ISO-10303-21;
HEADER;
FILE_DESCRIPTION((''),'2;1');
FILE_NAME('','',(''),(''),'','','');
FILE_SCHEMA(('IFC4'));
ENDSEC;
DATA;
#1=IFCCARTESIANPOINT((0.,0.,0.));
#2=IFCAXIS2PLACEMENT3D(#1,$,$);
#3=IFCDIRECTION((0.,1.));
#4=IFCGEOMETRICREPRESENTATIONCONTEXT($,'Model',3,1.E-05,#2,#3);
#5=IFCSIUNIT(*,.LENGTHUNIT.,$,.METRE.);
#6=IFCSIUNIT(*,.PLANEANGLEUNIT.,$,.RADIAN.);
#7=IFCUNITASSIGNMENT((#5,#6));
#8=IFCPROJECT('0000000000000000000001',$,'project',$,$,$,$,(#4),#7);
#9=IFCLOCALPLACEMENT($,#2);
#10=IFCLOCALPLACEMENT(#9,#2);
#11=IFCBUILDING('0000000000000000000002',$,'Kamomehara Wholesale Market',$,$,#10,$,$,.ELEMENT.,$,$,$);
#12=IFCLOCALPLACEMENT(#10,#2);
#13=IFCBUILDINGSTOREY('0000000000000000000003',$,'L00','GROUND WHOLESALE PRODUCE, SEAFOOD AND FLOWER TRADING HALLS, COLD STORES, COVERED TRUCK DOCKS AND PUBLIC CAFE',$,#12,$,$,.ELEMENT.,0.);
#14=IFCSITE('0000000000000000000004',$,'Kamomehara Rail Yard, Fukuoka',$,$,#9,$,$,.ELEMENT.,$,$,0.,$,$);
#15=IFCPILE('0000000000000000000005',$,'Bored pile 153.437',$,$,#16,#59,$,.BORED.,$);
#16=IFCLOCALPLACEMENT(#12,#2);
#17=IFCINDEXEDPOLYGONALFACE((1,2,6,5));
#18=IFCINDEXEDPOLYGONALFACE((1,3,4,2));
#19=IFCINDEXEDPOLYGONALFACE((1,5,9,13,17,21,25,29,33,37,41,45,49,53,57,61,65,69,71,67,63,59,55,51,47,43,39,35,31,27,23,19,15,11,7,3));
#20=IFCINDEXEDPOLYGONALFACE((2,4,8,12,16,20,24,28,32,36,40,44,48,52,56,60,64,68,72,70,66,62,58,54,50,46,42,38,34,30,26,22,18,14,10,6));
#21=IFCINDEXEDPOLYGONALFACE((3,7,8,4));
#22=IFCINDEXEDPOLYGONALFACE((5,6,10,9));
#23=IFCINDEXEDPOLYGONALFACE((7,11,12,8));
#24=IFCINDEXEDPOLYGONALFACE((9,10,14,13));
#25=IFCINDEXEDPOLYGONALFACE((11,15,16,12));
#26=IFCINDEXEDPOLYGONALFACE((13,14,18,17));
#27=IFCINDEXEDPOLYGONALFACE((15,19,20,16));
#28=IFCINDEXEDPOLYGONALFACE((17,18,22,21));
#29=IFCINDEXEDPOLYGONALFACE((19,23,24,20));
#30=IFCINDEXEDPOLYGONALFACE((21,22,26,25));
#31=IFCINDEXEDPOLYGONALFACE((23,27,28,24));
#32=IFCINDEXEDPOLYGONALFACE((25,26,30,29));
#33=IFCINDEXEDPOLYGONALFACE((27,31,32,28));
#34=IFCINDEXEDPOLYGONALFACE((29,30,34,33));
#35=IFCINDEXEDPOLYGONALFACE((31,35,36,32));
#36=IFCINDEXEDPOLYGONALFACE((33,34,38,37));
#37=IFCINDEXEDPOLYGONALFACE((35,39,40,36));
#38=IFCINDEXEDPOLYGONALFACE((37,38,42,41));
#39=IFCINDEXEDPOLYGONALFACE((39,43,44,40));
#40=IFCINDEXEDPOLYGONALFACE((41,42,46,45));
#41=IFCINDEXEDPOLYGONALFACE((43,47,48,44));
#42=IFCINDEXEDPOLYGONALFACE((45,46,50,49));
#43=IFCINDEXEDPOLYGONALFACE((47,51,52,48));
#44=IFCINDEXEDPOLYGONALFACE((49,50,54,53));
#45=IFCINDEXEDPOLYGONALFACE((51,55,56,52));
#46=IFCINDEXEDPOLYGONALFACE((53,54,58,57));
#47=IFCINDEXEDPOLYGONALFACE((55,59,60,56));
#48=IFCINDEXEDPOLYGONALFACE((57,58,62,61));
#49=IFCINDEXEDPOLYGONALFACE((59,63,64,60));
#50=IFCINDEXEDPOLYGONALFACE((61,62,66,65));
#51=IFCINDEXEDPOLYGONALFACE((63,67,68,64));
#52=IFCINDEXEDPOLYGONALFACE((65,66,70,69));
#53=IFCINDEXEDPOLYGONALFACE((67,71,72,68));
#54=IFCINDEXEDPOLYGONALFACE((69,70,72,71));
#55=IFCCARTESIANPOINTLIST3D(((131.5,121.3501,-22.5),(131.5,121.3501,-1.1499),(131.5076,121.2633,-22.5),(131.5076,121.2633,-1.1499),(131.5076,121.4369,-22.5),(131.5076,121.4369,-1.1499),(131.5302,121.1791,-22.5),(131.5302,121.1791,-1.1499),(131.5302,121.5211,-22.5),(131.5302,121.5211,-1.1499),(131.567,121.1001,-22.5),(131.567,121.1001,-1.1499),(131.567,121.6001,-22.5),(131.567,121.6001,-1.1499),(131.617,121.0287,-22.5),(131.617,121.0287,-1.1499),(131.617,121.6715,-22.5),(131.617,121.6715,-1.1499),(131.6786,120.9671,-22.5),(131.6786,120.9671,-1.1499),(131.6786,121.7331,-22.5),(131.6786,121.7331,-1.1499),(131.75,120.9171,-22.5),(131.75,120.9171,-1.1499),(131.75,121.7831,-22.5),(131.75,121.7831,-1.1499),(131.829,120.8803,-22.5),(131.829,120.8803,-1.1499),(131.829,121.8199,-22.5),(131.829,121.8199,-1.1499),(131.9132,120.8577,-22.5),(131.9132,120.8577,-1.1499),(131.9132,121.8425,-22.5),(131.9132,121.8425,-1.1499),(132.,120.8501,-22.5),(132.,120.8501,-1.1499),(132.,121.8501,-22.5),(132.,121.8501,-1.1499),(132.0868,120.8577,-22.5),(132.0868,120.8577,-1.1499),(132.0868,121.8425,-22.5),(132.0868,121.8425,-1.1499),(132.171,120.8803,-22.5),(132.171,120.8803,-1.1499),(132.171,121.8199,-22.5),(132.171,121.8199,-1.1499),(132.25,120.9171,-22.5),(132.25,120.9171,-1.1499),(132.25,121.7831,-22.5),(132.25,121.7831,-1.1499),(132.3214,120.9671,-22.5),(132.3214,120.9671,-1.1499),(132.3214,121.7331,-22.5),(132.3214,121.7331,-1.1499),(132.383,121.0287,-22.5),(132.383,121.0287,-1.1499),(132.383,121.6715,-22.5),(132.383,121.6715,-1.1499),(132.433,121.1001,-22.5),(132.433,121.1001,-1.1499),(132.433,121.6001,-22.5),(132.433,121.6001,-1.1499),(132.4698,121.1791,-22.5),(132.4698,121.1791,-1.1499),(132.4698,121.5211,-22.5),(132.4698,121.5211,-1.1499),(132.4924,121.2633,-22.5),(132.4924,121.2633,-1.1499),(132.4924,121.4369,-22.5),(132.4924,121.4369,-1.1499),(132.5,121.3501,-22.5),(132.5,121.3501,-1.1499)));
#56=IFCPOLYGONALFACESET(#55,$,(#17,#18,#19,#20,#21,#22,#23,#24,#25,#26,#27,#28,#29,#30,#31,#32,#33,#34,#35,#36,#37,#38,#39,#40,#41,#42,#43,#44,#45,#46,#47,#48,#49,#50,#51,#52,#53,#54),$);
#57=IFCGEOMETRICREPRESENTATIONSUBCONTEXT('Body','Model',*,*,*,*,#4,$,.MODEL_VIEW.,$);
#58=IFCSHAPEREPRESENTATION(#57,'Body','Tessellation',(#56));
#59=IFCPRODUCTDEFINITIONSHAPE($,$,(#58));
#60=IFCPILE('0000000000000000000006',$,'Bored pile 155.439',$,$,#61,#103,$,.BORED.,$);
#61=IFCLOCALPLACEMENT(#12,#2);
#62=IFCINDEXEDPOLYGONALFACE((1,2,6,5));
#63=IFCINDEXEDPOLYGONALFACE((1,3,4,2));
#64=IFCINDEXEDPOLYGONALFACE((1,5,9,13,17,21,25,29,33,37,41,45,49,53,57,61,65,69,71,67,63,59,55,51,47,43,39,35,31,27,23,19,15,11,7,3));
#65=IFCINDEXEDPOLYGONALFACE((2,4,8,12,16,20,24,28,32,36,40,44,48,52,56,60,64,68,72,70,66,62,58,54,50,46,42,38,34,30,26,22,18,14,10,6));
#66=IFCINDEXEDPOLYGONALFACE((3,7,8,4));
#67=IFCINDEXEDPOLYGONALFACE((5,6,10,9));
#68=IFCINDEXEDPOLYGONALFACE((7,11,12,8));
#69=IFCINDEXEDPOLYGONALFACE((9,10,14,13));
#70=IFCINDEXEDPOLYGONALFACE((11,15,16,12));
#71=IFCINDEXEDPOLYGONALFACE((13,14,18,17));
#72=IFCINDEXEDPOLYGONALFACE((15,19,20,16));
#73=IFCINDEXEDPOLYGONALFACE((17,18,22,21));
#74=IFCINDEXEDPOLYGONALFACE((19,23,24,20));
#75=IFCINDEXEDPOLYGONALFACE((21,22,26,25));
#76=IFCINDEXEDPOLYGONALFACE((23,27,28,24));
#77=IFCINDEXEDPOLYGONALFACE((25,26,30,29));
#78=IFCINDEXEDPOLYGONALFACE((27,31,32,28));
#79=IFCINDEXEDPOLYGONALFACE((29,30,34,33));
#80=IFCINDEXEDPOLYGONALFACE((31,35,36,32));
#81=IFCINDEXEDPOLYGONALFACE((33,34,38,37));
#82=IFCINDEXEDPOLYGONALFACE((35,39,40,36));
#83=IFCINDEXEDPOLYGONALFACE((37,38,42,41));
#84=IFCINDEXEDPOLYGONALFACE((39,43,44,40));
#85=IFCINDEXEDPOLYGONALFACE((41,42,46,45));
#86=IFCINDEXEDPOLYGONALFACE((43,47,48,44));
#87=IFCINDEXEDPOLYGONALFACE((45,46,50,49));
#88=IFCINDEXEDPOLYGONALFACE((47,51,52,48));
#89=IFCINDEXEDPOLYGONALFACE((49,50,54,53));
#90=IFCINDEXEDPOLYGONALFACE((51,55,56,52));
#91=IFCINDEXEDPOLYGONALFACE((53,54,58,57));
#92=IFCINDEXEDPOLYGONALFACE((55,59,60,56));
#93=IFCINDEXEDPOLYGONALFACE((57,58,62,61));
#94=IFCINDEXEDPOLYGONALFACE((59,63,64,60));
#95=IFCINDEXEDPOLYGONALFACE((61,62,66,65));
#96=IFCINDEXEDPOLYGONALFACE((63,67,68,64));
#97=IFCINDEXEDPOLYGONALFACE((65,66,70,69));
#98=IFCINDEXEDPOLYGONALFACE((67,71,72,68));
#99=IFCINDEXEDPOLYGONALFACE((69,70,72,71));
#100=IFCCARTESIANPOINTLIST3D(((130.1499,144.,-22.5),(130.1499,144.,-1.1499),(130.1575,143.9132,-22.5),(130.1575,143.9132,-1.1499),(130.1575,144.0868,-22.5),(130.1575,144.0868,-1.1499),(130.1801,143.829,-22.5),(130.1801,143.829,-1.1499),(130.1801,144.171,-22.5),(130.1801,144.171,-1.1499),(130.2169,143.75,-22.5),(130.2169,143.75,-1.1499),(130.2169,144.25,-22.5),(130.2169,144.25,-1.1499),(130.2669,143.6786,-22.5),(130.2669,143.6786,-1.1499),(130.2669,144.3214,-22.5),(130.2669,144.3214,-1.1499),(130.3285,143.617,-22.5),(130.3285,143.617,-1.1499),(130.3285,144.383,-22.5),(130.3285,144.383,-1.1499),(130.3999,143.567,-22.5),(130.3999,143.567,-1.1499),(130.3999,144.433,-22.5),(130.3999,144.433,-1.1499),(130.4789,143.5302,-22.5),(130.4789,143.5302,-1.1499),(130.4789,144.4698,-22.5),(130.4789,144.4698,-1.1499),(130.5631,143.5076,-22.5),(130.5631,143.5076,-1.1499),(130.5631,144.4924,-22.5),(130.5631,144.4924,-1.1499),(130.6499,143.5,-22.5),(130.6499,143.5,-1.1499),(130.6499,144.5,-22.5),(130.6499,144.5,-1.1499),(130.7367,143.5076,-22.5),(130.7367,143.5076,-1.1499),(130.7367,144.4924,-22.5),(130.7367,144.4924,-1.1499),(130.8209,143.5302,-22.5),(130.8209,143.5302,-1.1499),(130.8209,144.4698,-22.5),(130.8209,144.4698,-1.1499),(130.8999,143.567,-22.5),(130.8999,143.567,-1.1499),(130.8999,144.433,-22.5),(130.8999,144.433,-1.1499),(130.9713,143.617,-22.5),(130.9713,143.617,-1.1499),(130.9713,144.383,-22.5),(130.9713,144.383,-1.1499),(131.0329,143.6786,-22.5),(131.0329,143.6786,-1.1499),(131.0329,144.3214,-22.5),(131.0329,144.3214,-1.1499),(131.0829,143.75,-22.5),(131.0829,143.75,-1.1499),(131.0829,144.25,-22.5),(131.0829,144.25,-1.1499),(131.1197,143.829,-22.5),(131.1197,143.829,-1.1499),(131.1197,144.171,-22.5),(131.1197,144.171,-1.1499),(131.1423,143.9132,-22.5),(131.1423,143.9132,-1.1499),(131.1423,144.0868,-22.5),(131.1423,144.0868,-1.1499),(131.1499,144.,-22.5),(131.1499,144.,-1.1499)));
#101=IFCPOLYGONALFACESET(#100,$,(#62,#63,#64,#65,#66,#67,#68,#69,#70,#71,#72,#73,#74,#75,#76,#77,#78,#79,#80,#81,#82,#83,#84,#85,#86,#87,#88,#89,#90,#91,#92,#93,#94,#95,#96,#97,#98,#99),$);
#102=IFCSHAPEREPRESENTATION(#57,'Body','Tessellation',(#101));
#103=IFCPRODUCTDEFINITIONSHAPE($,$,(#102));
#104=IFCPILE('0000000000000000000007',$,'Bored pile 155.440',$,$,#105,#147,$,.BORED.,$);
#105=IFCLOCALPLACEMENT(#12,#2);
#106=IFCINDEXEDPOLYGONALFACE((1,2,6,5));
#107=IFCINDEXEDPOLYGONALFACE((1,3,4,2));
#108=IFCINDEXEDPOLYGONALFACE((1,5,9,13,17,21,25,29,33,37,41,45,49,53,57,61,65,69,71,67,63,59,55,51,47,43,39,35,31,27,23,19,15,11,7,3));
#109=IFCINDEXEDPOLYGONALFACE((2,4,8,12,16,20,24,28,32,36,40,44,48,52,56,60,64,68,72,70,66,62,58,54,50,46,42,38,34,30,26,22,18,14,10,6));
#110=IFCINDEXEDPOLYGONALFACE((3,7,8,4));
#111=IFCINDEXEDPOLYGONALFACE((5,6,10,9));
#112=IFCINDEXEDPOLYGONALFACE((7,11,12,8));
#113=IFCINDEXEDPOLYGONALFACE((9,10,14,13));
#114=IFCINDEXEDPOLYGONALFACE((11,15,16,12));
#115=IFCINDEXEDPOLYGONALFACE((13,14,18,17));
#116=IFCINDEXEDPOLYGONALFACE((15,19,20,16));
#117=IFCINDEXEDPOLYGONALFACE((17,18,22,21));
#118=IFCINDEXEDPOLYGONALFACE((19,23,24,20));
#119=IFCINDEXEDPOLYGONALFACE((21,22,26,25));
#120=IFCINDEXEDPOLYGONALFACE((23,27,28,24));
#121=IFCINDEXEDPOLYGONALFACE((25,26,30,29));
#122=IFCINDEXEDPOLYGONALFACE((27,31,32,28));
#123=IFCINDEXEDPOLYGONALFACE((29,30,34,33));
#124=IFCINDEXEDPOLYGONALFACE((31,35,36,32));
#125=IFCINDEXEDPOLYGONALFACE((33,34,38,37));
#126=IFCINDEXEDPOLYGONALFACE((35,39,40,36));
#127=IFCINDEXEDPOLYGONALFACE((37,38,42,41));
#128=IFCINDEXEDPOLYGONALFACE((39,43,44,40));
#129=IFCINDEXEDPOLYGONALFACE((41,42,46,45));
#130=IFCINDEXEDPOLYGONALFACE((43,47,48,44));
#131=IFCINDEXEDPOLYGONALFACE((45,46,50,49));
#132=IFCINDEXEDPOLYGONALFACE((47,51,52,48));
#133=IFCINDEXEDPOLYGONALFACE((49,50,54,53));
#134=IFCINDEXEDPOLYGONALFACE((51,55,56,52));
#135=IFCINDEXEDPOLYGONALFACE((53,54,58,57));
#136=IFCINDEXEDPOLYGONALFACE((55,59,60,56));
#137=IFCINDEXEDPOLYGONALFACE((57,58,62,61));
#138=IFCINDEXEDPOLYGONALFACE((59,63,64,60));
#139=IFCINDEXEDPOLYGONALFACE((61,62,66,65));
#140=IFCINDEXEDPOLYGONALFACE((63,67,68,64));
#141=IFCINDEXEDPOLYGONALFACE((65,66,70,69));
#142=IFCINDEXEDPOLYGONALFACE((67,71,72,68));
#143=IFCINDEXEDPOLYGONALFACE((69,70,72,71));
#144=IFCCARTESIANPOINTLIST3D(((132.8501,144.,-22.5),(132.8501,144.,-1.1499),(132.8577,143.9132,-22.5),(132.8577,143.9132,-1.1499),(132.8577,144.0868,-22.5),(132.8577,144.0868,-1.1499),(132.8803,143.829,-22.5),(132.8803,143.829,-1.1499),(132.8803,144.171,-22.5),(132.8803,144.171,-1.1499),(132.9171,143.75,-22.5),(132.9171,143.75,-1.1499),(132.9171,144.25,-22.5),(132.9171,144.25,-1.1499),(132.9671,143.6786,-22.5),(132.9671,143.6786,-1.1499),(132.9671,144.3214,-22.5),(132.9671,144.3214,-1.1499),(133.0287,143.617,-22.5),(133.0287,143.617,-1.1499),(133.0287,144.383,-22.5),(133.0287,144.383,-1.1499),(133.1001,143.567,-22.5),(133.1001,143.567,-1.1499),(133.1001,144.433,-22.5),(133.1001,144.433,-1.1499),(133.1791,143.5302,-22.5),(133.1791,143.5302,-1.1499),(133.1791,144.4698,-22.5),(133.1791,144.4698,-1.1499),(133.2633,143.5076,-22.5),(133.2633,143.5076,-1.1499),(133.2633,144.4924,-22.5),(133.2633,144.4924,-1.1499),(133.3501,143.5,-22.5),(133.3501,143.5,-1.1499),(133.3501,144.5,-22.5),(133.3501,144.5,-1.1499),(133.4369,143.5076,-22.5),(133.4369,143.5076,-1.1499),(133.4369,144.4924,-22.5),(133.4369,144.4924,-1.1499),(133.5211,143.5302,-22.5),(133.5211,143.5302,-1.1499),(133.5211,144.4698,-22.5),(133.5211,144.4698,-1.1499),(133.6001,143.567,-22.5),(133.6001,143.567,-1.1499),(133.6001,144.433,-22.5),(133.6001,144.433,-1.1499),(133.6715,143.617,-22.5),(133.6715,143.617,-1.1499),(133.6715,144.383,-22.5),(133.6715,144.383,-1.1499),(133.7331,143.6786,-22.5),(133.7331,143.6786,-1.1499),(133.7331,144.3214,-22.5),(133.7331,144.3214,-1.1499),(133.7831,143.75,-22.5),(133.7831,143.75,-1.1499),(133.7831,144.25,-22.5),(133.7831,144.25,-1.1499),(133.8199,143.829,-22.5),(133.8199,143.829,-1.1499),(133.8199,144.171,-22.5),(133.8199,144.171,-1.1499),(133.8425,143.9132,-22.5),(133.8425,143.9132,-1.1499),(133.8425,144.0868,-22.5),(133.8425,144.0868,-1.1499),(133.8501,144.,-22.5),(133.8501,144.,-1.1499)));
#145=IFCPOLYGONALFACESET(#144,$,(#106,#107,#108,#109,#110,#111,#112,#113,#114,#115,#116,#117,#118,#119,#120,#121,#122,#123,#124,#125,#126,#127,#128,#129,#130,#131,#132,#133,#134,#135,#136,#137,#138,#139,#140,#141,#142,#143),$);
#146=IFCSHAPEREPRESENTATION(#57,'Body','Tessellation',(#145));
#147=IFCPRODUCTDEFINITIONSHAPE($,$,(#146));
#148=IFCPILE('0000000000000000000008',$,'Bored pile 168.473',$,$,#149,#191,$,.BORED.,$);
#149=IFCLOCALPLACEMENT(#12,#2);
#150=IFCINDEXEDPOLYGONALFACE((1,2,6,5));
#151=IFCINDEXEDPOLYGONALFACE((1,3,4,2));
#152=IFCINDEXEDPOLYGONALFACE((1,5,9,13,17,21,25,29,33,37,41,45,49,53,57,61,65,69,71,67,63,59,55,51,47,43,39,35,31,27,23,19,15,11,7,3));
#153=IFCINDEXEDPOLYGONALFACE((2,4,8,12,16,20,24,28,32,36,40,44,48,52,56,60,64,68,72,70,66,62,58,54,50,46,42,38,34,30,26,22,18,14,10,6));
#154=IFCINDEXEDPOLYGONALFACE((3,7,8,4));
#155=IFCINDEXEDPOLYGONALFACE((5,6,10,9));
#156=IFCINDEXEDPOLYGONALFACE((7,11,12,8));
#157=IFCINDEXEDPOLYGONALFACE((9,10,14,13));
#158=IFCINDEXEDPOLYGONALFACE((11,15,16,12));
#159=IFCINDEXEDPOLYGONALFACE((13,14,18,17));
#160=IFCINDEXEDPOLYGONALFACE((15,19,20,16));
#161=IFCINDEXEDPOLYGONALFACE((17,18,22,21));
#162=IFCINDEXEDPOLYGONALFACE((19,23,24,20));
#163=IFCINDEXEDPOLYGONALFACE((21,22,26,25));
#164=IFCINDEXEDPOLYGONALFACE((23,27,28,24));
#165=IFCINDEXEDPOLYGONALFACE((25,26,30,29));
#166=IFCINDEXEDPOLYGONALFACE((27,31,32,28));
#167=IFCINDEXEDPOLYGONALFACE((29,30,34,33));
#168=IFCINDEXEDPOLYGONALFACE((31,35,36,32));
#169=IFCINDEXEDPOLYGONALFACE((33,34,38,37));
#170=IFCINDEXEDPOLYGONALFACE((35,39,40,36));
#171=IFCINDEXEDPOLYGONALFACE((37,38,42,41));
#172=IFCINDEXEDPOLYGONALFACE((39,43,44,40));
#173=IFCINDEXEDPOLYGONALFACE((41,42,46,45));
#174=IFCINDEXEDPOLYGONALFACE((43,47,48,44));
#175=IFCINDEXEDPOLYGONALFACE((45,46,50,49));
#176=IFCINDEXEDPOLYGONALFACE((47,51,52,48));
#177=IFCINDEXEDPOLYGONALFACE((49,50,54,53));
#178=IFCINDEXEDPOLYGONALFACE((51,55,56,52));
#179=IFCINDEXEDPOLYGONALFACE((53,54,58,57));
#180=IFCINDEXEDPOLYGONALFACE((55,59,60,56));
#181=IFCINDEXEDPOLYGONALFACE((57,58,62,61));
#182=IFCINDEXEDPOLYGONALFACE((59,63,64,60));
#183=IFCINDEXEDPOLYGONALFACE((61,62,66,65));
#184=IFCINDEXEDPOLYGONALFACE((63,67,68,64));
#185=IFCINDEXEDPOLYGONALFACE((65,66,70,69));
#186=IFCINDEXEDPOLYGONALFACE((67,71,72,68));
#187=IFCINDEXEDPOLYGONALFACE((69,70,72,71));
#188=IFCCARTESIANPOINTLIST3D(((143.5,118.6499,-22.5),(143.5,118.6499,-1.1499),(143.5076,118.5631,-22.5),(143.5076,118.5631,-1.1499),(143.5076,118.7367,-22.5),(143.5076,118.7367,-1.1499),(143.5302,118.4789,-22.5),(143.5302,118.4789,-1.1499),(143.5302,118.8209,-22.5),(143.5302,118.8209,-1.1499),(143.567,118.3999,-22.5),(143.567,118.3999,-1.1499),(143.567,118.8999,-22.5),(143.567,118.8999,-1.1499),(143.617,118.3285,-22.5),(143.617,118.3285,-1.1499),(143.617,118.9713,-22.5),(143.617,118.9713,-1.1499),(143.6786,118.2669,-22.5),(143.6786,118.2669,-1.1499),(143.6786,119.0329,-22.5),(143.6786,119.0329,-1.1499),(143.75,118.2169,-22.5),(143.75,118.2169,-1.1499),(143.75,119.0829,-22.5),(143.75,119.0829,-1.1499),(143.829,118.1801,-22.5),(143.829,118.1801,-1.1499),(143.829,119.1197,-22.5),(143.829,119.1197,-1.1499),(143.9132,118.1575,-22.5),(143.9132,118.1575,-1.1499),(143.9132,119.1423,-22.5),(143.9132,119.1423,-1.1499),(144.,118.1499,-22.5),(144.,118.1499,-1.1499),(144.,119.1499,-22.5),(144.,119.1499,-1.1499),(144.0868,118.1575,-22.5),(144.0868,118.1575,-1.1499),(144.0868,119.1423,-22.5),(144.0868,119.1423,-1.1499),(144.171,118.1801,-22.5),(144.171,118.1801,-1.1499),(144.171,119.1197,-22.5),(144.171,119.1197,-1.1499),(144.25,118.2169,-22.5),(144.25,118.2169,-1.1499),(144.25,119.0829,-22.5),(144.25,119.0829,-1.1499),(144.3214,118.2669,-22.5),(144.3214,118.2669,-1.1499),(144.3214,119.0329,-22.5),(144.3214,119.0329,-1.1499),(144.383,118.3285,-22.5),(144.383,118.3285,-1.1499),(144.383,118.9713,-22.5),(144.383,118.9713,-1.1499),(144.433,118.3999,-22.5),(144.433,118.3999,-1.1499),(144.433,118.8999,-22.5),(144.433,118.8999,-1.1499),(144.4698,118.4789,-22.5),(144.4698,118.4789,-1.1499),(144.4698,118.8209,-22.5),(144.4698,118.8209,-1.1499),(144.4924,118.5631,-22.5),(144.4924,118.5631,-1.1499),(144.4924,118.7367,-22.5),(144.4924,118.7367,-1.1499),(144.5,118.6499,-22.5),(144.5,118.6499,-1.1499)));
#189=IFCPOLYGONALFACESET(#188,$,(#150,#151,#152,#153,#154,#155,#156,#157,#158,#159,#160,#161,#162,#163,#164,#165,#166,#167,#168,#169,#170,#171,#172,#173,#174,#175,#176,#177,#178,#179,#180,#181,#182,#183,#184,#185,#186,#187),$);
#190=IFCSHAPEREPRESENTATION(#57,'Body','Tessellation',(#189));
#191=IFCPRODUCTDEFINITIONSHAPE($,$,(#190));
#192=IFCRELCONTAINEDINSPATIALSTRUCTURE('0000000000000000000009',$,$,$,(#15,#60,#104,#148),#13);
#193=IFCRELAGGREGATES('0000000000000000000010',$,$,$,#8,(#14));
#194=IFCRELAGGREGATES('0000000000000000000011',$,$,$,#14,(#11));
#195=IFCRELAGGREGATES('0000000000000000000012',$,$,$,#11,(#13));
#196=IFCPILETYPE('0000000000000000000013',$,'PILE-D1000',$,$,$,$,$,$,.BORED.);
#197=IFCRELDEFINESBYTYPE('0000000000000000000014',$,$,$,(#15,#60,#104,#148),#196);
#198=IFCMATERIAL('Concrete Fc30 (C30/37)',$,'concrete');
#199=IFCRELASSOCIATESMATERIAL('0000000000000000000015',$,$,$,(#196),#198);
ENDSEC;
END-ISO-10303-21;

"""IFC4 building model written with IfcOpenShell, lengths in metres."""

from ifc_helpers import new_model, si_unit, direction, frame, origin, origin_2d, place, context, subcontext, project, spatial, circle, extrude, material, material_profile, profile_set, type_object, element, save


model = new_model("IFC4")

# Units and contexts
model_context = context("Model", 3, precision=1e-05, world=origin(), true_north=direction((0.0, 1.0)))
body_context = subcontext(model_context, "Body", "Model", "MODEL_VIEW")
ifc_project = project(units=[si_unit("LENGTHUNIT", "METRE"), si_unit("PLANEANGLEUNIT", "RADIAN")], contexts=[model_context])

# Site, building, storey
site_placement = place(None, origin())
site = spatial("IfcSite", under=ifc_project, at=site_placement, Name="Kamomehara Rail Yard, Fukuoka", CompositionType="ELEMENT", RefElevation=0.0)
building_placement = place(site_placement, origin())
building = spatial("IfcBuilding", under=site, at=building_placement, Name="Kamomehara Wholesale Market", CompositionType="ELEMENT")
storey_placement = place(building_placement, origin())
storey = spatial("IfcBuildingStorey", under=building, at=storey_placement, Name="L00", Description="GROUND WHOLESALE PRODUCE, SEAFOOD AND FLOWER TRADING HALLS, COLD STORES, COVERED TRUCK DOCKS AND PUBLIC CAFE", CompositionType="ELEMENT", Elevation=0.0)

# Piles
ifc_material_1 = material(Name="Concrete Fc30 (C30/37)", Category="concrete")
ifc_material_profile_1 = material_profile(ifc_material_1, circle(Radius=0.5, at=origin_2d()), Name="RC-PILE-D1000")
ifc_profile_set_1 = profile_set([ifc_material_profile_1], Name="Concrete Fc30 (C30/37)")
pile_type_1 = type_object("IfcPileType", Name="PILE-D1000", PredefinedType="BORED", material=ifc_profile_set_1)
for number, where, z_axis, x_axis, name in (
    (1, (132.0, 121.3501, -1.1499), (0.0, 0.0, -1.0), (1.0, 0.0, 0.0), "Bored pile 153.437"),
    (2, (130.6499, 144.0, -1.1499), (0.0, 0.0, -1.0), (1.0, 0.0, 0.0), "Bored pile 155.439"),
    (3, (133.3501, 144.0, -1.1499), (0.0, 0.0, -1.0), (1.0, 0.0, 0.0), "Bored pile 155.440"),
    (4, (144.0, 118.6499, -1.1499), (0.0, 0.0, -1.0), (1.0, 0.0, 0.0), "Bored pile 168.473"),
):
    element("IfcPile", number, at=place(storey_placement, frame(where, z_axis=z_axis, x_axis=x_axis)), inside=storey, type_object=pile_type_1, Name=name, PredefinedType="BORED", context=body_context, shape_type="SweptSolid", body=[
        extrude(circle(Radius=0.5, at=origin_2d()), origin(), (0.0, 0.0, 1.0), 21.3501),
    ])

save(model, "model.ifc")
